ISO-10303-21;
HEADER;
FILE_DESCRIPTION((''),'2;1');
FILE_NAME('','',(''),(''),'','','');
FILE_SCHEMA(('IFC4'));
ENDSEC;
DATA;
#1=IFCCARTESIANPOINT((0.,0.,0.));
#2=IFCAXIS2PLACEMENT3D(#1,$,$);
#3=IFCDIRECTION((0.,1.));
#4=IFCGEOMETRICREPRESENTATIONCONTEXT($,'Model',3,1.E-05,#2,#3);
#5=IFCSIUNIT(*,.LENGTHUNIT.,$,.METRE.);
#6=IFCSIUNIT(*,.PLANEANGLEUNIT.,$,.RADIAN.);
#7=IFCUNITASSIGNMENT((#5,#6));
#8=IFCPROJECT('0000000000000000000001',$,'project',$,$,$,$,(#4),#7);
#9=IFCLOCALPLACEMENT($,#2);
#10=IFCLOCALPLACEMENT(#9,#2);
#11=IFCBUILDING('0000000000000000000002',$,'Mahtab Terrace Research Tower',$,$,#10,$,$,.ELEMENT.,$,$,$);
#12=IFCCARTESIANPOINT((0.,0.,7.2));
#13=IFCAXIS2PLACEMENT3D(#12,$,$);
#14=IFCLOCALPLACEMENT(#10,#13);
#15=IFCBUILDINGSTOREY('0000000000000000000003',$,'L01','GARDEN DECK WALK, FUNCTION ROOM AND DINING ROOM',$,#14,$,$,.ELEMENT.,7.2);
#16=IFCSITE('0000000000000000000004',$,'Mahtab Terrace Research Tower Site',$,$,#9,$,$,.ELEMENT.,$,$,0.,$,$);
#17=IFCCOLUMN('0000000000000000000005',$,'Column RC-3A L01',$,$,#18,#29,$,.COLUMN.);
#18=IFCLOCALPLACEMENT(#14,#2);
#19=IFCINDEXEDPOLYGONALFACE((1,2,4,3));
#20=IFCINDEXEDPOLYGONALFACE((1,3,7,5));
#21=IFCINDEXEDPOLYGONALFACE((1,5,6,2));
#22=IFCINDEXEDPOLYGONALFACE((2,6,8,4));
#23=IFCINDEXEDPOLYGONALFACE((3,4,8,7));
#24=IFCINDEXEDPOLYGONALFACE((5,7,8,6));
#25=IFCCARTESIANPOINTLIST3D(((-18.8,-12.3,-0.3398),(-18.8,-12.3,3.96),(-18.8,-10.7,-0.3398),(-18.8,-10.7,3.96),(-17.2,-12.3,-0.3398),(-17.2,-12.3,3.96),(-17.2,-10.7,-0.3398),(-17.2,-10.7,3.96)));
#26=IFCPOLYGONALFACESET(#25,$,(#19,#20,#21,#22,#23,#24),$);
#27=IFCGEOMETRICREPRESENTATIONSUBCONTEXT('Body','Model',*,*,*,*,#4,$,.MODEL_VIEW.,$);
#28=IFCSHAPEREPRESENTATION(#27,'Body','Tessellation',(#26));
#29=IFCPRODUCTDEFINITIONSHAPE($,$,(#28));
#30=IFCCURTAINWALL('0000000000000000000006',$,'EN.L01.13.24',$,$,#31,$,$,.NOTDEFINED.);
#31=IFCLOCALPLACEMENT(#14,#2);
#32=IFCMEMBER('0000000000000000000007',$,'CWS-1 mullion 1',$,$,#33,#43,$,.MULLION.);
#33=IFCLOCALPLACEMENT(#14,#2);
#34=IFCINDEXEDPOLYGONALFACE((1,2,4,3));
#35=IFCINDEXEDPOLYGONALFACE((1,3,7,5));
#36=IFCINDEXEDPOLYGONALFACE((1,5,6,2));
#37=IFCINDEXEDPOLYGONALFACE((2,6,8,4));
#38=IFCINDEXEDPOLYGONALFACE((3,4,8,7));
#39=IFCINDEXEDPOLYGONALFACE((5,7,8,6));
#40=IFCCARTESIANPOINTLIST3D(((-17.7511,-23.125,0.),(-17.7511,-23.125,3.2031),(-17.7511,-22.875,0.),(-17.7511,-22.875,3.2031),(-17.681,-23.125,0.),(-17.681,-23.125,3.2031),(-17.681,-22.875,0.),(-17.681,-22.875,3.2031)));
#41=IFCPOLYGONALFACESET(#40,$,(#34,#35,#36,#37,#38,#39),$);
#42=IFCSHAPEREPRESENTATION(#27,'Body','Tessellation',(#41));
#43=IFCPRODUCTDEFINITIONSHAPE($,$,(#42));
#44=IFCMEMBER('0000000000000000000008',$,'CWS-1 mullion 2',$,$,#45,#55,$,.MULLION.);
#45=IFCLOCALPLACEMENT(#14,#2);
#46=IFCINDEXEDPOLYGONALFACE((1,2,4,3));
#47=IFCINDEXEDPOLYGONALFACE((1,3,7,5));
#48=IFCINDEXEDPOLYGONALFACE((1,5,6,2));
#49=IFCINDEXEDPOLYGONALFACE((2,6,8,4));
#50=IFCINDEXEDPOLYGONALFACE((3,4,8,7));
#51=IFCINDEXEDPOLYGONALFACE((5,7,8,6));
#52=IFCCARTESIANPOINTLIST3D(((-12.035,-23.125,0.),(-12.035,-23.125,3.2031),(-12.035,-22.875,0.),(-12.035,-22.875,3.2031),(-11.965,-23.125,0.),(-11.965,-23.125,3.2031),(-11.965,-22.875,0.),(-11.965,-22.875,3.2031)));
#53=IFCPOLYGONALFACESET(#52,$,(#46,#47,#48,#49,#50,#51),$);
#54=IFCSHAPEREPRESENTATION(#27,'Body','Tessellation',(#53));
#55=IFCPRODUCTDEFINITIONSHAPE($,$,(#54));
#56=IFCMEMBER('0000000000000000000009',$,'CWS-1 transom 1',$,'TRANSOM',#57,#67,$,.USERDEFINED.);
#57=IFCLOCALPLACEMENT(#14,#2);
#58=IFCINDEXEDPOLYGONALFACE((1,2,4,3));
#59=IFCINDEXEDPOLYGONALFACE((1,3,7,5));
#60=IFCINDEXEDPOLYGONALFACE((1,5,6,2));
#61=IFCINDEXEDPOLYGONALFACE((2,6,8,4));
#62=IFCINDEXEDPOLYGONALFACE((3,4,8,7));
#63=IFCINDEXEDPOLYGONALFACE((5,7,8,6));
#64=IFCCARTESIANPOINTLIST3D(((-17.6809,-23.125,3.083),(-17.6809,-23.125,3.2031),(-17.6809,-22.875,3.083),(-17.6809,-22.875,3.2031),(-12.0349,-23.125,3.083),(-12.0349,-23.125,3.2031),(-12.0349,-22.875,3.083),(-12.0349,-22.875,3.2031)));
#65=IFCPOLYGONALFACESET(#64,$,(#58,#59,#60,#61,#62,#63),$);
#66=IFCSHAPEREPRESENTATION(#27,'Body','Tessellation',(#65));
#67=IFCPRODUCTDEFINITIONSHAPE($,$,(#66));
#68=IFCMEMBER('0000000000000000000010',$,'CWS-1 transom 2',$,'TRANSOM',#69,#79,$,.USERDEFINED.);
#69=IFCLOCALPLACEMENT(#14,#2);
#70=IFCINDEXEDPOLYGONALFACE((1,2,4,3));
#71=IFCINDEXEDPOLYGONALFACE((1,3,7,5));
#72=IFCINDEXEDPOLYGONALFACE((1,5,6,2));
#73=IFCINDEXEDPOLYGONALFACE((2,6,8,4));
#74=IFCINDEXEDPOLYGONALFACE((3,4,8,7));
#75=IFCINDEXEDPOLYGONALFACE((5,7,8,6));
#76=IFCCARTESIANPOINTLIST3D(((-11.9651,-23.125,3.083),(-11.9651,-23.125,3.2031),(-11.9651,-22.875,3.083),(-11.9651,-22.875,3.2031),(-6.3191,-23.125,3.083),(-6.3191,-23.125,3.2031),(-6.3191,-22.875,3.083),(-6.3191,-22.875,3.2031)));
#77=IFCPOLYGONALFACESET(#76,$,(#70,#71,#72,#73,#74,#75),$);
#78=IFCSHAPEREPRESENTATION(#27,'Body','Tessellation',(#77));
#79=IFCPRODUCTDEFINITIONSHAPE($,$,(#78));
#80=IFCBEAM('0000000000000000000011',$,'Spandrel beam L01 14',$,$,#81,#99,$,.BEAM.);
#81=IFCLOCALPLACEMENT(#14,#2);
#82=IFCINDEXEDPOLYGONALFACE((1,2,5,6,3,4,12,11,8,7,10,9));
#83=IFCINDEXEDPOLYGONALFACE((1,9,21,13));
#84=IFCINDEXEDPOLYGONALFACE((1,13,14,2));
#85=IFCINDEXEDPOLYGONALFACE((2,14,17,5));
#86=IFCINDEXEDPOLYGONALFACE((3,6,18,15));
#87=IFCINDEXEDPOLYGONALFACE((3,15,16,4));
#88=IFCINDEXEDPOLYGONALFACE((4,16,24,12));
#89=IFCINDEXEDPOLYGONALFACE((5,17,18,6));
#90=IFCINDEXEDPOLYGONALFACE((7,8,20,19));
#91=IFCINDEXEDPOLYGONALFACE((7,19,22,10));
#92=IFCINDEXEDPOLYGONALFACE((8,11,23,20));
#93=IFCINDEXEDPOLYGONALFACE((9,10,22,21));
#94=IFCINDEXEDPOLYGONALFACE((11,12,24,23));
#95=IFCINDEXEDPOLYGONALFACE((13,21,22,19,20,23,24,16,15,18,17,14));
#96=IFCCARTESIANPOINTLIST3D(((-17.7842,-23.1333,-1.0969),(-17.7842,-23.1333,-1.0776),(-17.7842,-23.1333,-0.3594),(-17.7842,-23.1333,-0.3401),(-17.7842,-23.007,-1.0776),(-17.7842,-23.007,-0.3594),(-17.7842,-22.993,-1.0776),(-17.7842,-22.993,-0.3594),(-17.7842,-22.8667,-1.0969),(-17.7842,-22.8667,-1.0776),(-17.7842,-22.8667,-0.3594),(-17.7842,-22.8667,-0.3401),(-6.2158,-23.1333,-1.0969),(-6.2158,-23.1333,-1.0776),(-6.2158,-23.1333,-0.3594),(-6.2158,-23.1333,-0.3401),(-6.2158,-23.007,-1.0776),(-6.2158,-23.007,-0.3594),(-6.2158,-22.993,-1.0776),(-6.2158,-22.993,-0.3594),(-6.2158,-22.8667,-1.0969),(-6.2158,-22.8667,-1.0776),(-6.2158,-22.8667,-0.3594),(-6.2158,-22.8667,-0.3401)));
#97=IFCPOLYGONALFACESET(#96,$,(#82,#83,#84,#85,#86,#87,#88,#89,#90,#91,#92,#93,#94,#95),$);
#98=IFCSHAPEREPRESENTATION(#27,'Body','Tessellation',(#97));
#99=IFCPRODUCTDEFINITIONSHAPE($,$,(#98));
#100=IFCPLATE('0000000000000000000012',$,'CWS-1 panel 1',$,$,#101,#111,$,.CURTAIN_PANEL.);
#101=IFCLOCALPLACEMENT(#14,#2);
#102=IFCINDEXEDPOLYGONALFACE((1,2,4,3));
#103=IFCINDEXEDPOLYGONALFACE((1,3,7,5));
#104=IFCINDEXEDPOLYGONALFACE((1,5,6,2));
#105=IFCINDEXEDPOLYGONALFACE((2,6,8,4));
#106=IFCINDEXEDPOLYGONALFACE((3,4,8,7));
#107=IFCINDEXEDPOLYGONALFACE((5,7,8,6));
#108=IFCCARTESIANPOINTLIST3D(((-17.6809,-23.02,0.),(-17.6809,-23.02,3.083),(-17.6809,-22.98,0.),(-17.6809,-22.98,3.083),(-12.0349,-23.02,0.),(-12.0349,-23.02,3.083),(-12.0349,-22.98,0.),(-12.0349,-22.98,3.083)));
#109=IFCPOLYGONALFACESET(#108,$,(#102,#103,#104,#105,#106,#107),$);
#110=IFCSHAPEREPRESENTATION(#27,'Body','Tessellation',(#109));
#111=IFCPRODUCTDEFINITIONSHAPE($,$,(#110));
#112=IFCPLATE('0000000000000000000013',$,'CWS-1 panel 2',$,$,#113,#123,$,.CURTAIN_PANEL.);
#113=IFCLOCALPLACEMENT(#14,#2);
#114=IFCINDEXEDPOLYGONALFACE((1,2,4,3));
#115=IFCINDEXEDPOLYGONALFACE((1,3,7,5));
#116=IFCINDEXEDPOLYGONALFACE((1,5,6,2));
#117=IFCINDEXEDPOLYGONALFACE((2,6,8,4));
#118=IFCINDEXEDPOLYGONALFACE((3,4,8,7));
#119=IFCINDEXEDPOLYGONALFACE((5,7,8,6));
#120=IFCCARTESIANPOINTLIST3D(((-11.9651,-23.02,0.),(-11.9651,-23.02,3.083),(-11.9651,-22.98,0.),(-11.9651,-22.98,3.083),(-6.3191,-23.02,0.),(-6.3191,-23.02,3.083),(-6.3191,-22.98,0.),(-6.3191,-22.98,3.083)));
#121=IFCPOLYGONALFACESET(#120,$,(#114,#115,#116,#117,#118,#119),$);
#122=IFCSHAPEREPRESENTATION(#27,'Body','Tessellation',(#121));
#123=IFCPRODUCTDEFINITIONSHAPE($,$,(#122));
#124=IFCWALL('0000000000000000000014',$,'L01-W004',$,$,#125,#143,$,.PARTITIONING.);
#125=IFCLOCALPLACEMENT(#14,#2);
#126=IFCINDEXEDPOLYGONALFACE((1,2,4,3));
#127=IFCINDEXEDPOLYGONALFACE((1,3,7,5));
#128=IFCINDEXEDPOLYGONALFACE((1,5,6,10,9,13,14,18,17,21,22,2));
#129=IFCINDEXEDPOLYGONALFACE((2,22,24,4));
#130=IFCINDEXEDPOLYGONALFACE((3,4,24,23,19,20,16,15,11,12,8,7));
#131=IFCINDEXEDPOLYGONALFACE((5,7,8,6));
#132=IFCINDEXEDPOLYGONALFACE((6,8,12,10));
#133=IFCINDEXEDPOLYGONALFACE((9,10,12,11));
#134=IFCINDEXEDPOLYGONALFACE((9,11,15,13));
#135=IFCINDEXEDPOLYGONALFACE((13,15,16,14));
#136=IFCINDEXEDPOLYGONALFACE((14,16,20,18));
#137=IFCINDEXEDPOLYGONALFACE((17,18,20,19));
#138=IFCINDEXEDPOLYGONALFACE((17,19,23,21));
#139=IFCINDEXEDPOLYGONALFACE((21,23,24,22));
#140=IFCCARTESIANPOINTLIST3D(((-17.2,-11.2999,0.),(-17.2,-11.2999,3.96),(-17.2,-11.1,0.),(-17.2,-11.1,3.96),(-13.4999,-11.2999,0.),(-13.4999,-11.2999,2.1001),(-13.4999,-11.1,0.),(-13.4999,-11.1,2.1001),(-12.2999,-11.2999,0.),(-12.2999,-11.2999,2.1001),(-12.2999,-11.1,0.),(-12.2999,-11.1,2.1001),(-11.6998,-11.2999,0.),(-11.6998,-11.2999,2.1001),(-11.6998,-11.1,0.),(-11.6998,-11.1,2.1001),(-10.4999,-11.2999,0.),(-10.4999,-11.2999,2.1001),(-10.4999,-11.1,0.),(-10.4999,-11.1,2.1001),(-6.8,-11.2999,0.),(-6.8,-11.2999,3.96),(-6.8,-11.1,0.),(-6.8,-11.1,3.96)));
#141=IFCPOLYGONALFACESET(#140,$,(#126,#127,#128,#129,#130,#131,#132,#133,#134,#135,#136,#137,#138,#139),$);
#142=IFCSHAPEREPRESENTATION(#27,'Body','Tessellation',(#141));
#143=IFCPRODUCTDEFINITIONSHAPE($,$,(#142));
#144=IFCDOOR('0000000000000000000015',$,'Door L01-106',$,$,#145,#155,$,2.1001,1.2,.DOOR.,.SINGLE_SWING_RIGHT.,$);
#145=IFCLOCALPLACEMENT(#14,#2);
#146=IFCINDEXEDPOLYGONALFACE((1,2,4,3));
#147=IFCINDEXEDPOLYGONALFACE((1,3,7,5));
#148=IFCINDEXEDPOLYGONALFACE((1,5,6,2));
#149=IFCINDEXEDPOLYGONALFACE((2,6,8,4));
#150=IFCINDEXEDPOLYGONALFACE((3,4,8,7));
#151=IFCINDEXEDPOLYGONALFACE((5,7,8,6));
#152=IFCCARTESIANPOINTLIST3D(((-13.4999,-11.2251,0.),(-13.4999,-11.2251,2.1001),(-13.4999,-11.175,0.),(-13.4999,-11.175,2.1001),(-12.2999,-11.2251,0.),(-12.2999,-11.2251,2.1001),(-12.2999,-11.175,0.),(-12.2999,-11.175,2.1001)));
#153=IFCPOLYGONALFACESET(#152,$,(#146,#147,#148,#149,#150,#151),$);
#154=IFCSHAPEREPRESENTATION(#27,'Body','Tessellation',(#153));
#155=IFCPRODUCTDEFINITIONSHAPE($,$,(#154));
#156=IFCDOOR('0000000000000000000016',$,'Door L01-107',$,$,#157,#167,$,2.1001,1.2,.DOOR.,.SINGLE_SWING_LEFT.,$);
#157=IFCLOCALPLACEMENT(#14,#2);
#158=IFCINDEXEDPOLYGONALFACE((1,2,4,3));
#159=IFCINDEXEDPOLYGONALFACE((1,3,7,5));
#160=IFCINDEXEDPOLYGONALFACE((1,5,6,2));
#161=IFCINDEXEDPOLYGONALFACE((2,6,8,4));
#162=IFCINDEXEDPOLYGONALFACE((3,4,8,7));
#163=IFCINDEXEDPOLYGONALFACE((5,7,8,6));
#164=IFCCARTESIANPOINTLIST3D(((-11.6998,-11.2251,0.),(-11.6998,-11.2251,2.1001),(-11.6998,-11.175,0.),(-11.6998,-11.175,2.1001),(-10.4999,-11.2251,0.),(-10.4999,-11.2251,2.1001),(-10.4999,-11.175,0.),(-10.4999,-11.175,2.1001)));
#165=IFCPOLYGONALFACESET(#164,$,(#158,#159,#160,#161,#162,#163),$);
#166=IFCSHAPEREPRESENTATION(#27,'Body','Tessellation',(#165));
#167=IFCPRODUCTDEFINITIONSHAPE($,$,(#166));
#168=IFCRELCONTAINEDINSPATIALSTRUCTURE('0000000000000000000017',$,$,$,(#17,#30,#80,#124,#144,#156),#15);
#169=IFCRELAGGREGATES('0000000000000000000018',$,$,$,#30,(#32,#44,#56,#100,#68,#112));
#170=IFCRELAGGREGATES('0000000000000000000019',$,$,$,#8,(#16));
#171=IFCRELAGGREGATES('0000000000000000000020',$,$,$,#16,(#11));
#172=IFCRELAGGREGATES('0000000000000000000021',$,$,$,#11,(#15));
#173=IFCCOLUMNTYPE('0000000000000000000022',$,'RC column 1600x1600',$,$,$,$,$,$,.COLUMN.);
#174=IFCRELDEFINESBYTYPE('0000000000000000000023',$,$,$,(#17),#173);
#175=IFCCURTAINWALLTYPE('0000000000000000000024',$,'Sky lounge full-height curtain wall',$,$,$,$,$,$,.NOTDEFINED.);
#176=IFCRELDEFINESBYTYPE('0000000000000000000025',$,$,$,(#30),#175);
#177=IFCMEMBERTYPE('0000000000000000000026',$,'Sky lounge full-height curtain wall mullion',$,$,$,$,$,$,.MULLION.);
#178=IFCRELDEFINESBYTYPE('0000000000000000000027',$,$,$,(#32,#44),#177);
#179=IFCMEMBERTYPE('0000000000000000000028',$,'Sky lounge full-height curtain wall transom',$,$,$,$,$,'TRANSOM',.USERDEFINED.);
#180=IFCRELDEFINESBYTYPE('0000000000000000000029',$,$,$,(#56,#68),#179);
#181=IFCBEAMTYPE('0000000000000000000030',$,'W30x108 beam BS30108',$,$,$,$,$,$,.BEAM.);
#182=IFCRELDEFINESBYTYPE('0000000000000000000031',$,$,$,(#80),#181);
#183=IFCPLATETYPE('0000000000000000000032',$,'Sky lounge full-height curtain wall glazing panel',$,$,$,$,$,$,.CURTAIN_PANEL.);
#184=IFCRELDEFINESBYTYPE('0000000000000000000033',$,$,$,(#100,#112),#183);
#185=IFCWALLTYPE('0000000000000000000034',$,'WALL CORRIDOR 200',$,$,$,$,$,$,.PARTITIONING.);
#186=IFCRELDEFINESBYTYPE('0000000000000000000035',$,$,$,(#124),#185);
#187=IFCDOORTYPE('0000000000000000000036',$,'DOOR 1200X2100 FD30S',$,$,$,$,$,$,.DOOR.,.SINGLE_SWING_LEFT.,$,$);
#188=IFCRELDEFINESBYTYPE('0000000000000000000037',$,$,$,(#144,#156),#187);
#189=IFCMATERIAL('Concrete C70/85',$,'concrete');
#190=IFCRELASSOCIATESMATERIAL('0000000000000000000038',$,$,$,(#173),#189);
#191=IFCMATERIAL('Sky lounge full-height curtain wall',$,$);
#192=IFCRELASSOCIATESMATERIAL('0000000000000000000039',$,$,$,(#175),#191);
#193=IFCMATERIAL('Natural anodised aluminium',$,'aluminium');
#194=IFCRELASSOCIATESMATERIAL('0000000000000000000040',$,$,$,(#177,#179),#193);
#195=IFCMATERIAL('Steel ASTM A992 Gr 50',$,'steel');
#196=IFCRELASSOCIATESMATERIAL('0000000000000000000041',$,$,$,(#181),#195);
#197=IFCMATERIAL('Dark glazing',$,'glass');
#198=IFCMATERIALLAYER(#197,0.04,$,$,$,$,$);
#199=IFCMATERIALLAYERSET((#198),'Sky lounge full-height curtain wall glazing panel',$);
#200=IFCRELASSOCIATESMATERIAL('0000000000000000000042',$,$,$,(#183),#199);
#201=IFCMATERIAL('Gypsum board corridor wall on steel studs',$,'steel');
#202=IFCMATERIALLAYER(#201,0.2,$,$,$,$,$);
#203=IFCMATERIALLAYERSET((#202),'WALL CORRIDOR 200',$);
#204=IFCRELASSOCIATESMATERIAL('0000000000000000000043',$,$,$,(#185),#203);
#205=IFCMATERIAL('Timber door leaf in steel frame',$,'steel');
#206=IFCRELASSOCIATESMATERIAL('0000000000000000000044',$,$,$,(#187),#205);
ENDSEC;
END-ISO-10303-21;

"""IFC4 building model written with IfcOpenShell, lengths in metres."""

from ifc_helpers import new_model, si_unit, direction, frame, frame_2d, origin, origin_2d, place, context, subcontext, project, spatial, rectangle, i_section, extrude, material, layer, layer_set, material_profile, profile_set, type_object, element, fill, aggregate, save


model = new_model("IFC4")

# Units and contexts
model_context = context("Model", 3, precision=1e-05, world=origin(), true_north=direction((0.0, 1.0)))
body_context = subcontext(model_context, "Body", "Model", "MODEL_VIEW")
ifc_project = project(units=[si_unit("LENGTHUNIT", "METRE"), si_unit("PLANEANGLEUNIT", "RADIAN")], contexts=[model_context])

# Site, building, storey
site_placement = place(None, origin())
site = spatial("IfcSite", under=ifc_project, at=site_placement, Name="Mahtab Terrace Research Tower Site", CompositionType="ELEMENT", RefElevation=0.0)
building_placement = place(site_placement, origin())
building = spatial("IfcBuilding", under=site, at=building_placement, Name="Mahtab Terrace Research Tower", CompositionType="ELEMENT")
storey_placement = place(building_placement, frame((0.0, 0.0, 7.2)))
storey = spatial("IfcBuildingStorey", under=building, at=storey_placement, Name="L01", Description="GARDEN DECK WALK, FUNCTION ROOM AND DINING ROOM", CompositionType="ELEMENT", Elevation=7.2)

# Column
ifc_material_1 = material(Name="Concrete C70/85", Category="concrete")
ifc_material_profile_1 = material_profile(ifc_material_1, rectangle(XDim=1.6001, YDim=1.6001, at=origin_2d()), Name="RC column 1600x1600")
ifc_profile_set_1 = profile_set([ifc_material_profile_1], Name="Concrete C70/85")
column_type = type_object("IfcColumnType", Name="RC column 1600x1600", PredefinedType="COLUMN", material=ifc_profile_set_1)
column_placement = place(storey_placement, frame((-18.0, -11.5, -0.3398), z_axis=(0.0, 0.0, 1.0), x_axis=(1.0, 0.0, 0.0)))
element("IfcColumn", 1, at=column_placement, inside=storey, type_object=column_type, Name="Column RC-3A L01", PredefinedType="COLUMN", context=body_context, shape_type="SweptSolid", body=[
    extrude(rectangle(XDim=1.6001, YDim=1.6001, at=origin_2d()), origin(), (0.0, 0.0, 1.0), 4.2998),
])

# Curtain wall, members
ifc_material_2 = material(Name="Sky lounge full-height curtain wall")
curtain_wall_type = type_object("IfcCurtainWallType", Name="Sky lounge full-height curtain wall", PredefinedType="NOTDEFINED", material=ifc_material_2)
curtain_wall_placement = place(storey_placement, origin())
curtain_wall = element("IfcCurtainWall", 2, at=curtain_wall_placement, inside=storey, type_object=curtain_wall_type, Name="EN.L01.13.24", PredefinedType="NOTDEFINED")
ifc_material_3 = material(Name="Natural anodised aluminium", Category="aluminium")
ifc_material_profile_2 = material_profile(ifc_material_3, rectangle(XDim=0.25, YDim=0.0701, at=origin_2d()), Name="MULLION 70x250")
ifc_profile_set_2 = profile_set([ifc_material_profile_2], Name="Natural anodised aluminium")
member_type_1 = type_object("IfcMemberType", Name="Sky lounge full-height curtain wall mullion", PredefinedType="MULLION", material=ifc_profile_set_2)
member_1_placement = place(storey_placement, frame((-17.7161, -23.0, 0.0), z_axis=(0.0, 0.0, 1.0), x_axis=(0.0, 1.0, 0.0)))
member_1 = element("IfcMember", 3, at=member_1_placement, type_object=member_type_1, Name="CWS-1 mullion 1", PredefinedType="MULLION", context=body_context, shape_type="SweptSolid", body=[
    extrude(rectangle(XDim=0.25, YDim=0.0701, at=origin_2d()), origin(), (0.0, 0.0, 1.0), 3.2031),
])
member_2_placement = place(storey_placement, frame((-12.0, -23.0, 0.0), z_axis=(0.0, 0.0, 1.0), x_axis=(0.0, 1.0, 0.0)))
member_2 = element("IfcMember", 4, at=member_2_placement, type_object=member_type_1, Name="CWS-1 mullion 2", PredefinedType="MULLION", context=body_context, shape_type="SweptSolid", body=[
    extrude(rectangle(XDim=0.25, YDim=0.0701, at=origin_2d()), origin(), (0.0, 0.0, 1.0), 3.2031),
])
ifc_material_profile_3 = material_profile(ifc_material_3, rectangle(XDim=0.25, YDim=0.1201, at=origin_2d()), Name="TRANSOM 120x250")
ifc_profile_set_3 = profile_set([ifc_material_profile_3], Name="Natural anodised aluminium")
member_type_2 = type_object("IfcMemberType", Name="Sky lounge full-height curtain wall transom", ElementType="TRANSOM", PredefinedType="USERDEFINED", material=ifc_profile_set_3)
member_3_placement = place(storey_placement, frame((-17.6809, -23.0, 3.1431), z_axis=(1.0, 0.0, 0.0), x_axis=(0.0, 1.0, 0.0)))
member_3 = element("IfcMember", 5, at=member_3_placement, type_object=member_type_2, Name="CWS-1 transom 1", ObjectType="TRANSOM", PredefinedType="USERDEFINED", context=body_context, shape_type="SweptSolid", body=[
    extrude(rectangle(XDim=0.25, YDim=0.1201, at=origin_2d()), origin(), (0.0, 0.0, 1.0), 5.646),
])
member_4_placement = place(storey_placement, frame((-11.9651, -23.0, 3.1431), z_axis=(1.0, 0.0, 0.0), x_axis=(0.0, 1.0, 0.0)))
member_4 = element("IfcMember", 6, at=member_4_placement, type_object=member_type_2, Name="CWS-1 transom 2", ObjectType="TRANSOM", PredefinedType="USERDEFINED", context=body_context, shape_type="SweptSolid", body=[
    extrude(rectangle(XDim=0.25, YDim=0.1201, at=origin_2d()), origin(), (0.0, 0.0, 1.0), 5.646),
])

# Beam
ifc_material_4 = material(Name="Steel ASTM A992 Gr 50", Category="steel")
ifc_material_profile_4 = material_profile(ifc_material_4, i_section(OverallWidth=0.2666, OverallDepth=0.7568, WebThickness=0.0139, FlangeThickness=0.0193, at=origin_2d()), Name="W30X108")
ifc_profile_set_4 = profile_set([ifc_material_profile_4], Name="Steel ASTM A992 Gr 50")
beam_type = type_object("IfcBeamType", Name="W30x108 beam BS30108", PredefinedType="BEAM", material=ifc_profile_set_4)
beam_placement = place(storey_placement, frame((-17.7842, -23.0, -0.7185), z_axis=(1.0, 0.0, 0.0), x_axis=(0.0, 1.0, 0.0)))
element("IfcBeam", 7, at=beam_placement, inside=storey, type_object=beam_type, Name="Spandrel beam L01 14", PredefinedType="BEAM", context=body_context, shape_type="SweptSolid", body=[
    extrude(i_section(OverallWidth=0.2666, OverallDepth=0.7568, WebThickness=0.0139, FlangeThickness=0.0193, at=origin_2d()), origin(), (0.0, 0.0, 1.0), 11.5684),
])

# Plates
ifc_material_5 = material(Name="Dark glazing", Category="glass")
ifc_layer_1 = layer(ifc_material_5, 0.04)
ifc_layer_set_1 = layer_set([ifc_layer_1], Name="Sky lounge full-height curtain wall glazing panel")
plate_type = type_object("IfcPlateType", Name="Sky lounge full-height curtain wall glazing panel", PredefinedType="CURTAIN_PANEL", material=ifc_layer_set_1)
plate_1_placement = place(storey_placement, frame((-14.8579, -23.0, 0.0), z_axis=(0.0, 0.0, 1.0), x_axis=(1.0, 0.0, 0.0)))
plate_1 = element("IfcPlate", 8, at=plate_1_placement, type_object=plate_type, Name="CWS-1 panel 1", PredefinedType="CURTAIN_PANEL", context=body_context, shape_type="SweptSolid", body=[
    extrude(rectangle(XDim=5.646, YDim=0.04, at=origin_2d()), origin(), (0.0, 0.0, 1.0), 3.083),
])
plate_2_placement = place(storey_placement, frame((-9.1421, -23.0, 0.0), z_axis=(0.0, 0.0, 1.0), x_axis=(1.0, 0.0, 0.0)))
plate_2 = element("IfcPlate", 9, at=plate_2_placement, type_object=plate_type, Name="CWS-1 panel 2", PredefinedType="CURTAIN_PANEL", context=body_context, shape_type="SweptSolid", body=[
    extrude(rectangle(XDim=5.646, YDim=0.04, at=origin_2d()), origin(), (0.0, 0.0, 1.0), 3.083),
])
aggregate(curtain_wall, [member_1, member_2, member_3, plate_1, member_4, plate_2])

# Wall, openings, doors
ifc_material_6 = material(Name="Gypsum board corridor wall on steel studs", Category="steel")
ifc_layer_2 = layer(ifc_material_6, 0.2)
ifc_layer_set_2 = layer_set([ifc_layer_2], Name="WALL CORRIDOR 200")
wall_type_1 = type_object("IfcWallType", Name="WALL CORRIDOR 200", PredefinedType="PARTITIONING", material=ifc_layer_set_2)
wall_1_placement = place(storey_placement, frame((-17.2, -11.2, 0.0), z_axis=(0.0, 0.0, 1.0), x_axis=(1.0, 0.0, 0.0)))
wall_1 = element("IfcWall", 10, at=wall_1_placement, inside=storey, type_object=wall_type_1, Name="L01-W004", PredefinedType="PARTITIONING", context=body_context, shape_type="SweptSolid", body=[
    extrude(rectangle(XDim=10.3999, YDim=0.2, at=frame_2d((5.2, 0.0))), origin(), (0.0, 0.0, 1.0), 3.96),
])
opening_1_placement = place(wall_1_placement, frame((3.7, 0.0, 0.0)))
opening_1 = element("IfcOpeningElement", 11, at=opening_1_placement, cuts=wall_1, PredefinedType="OPENING", context=body_context, shape_type="SweptSolid", body=[
    extrude(rectangle(XDim=1.2, YDim=2.1001, at=frame_2d((0.6001, 1.05))), frame((0.0, 0.1099, 0.0), z_axis=(0.0, -1.0, 0.0), x_axis=(1.0, 0.0, 0.0)), (0.0, 0.0, 1.0), 0.22),
])
opening_2_placement = place(wall_1_placement, frame((5.5, 0.0, 0.0)))
opening_2 = element("IfcOpeningElement", 12, at=opening_2_placement, cuts=wall_1, PredefinedType="OPENING", context=body_context, shape_type="SweptSolid", body=[
    extrude(rectangle(XDim=1.2, YDim=2.1001, at=frame_2d((0.6001, 1.05))), frame((0.0, 0.1099, 0.0), z_axis=(0.0, -1.0, 0.0), x_axis=(1.0, 0.0, 0.0)), (0.0, 0.0, 1.0), 0.22),
])
ifc_material_7 = material(Name="Timber door leaf in steel frame", Category="steel")
door_type = type_object("IfcDoorType", Name="DOOR 1200X2100 FD30S", OperationType="SINGLE_SWING_LEFT", PredefinedType="DOOR", material=ifc_material_7)
door_1_placement = place(opening_1_placement, origin())
door_1 = element("IfcDoor", 13, at=door_1_placement, inside=storey, type_object=door_type, Name="Door L01-106", OperationType="SINGLE_SWING_RIGHT", OverallHeight=2.1001, OverallWidth=1.2, PredefinedType="DOOR", context=body_context, shape_type="SweptSolid", body=[
    extrude(rectangle(XDim=1.2, YDim=2.1001, at=frame_2d((0.6001, 1.05))), frame((0.0, 0.0249, 0.0), z_axis=(0.0, -1.0, 0.0), x_axis=(1.0, 0.0, 0.0)), (0.0, 0.0, 1.0), 0.05),
])
fill(opening_1, door_1)
door_2_placement = place(opening_2_placement, origin())
door_2 = element("IfcDoor", 14, at=door_2_placement, inside=storey, type_object=door_type, Name="Door L01-107", OperationType="SINGLE_SWING_LEFT", OverallHeight=2.1001, OverallWidth=1.2, PredefinedType="DOOR", context=body_context, shape_type="SweptSolid", body=[
    extrude(rectangle(XDim=1.2, YDim=2.1001, at=frame_2d((0.6001, 1.05))), frame((0.0, 0.0249, 0.0), z_axis=(0.0, -1.0, 0.0), x_axis=(1.0, 0.0, 0.0)), (0.0, 0.0, 1.0), 0.05),
])
fill(opening_2, door_2)

save(model, "model.ifc")
